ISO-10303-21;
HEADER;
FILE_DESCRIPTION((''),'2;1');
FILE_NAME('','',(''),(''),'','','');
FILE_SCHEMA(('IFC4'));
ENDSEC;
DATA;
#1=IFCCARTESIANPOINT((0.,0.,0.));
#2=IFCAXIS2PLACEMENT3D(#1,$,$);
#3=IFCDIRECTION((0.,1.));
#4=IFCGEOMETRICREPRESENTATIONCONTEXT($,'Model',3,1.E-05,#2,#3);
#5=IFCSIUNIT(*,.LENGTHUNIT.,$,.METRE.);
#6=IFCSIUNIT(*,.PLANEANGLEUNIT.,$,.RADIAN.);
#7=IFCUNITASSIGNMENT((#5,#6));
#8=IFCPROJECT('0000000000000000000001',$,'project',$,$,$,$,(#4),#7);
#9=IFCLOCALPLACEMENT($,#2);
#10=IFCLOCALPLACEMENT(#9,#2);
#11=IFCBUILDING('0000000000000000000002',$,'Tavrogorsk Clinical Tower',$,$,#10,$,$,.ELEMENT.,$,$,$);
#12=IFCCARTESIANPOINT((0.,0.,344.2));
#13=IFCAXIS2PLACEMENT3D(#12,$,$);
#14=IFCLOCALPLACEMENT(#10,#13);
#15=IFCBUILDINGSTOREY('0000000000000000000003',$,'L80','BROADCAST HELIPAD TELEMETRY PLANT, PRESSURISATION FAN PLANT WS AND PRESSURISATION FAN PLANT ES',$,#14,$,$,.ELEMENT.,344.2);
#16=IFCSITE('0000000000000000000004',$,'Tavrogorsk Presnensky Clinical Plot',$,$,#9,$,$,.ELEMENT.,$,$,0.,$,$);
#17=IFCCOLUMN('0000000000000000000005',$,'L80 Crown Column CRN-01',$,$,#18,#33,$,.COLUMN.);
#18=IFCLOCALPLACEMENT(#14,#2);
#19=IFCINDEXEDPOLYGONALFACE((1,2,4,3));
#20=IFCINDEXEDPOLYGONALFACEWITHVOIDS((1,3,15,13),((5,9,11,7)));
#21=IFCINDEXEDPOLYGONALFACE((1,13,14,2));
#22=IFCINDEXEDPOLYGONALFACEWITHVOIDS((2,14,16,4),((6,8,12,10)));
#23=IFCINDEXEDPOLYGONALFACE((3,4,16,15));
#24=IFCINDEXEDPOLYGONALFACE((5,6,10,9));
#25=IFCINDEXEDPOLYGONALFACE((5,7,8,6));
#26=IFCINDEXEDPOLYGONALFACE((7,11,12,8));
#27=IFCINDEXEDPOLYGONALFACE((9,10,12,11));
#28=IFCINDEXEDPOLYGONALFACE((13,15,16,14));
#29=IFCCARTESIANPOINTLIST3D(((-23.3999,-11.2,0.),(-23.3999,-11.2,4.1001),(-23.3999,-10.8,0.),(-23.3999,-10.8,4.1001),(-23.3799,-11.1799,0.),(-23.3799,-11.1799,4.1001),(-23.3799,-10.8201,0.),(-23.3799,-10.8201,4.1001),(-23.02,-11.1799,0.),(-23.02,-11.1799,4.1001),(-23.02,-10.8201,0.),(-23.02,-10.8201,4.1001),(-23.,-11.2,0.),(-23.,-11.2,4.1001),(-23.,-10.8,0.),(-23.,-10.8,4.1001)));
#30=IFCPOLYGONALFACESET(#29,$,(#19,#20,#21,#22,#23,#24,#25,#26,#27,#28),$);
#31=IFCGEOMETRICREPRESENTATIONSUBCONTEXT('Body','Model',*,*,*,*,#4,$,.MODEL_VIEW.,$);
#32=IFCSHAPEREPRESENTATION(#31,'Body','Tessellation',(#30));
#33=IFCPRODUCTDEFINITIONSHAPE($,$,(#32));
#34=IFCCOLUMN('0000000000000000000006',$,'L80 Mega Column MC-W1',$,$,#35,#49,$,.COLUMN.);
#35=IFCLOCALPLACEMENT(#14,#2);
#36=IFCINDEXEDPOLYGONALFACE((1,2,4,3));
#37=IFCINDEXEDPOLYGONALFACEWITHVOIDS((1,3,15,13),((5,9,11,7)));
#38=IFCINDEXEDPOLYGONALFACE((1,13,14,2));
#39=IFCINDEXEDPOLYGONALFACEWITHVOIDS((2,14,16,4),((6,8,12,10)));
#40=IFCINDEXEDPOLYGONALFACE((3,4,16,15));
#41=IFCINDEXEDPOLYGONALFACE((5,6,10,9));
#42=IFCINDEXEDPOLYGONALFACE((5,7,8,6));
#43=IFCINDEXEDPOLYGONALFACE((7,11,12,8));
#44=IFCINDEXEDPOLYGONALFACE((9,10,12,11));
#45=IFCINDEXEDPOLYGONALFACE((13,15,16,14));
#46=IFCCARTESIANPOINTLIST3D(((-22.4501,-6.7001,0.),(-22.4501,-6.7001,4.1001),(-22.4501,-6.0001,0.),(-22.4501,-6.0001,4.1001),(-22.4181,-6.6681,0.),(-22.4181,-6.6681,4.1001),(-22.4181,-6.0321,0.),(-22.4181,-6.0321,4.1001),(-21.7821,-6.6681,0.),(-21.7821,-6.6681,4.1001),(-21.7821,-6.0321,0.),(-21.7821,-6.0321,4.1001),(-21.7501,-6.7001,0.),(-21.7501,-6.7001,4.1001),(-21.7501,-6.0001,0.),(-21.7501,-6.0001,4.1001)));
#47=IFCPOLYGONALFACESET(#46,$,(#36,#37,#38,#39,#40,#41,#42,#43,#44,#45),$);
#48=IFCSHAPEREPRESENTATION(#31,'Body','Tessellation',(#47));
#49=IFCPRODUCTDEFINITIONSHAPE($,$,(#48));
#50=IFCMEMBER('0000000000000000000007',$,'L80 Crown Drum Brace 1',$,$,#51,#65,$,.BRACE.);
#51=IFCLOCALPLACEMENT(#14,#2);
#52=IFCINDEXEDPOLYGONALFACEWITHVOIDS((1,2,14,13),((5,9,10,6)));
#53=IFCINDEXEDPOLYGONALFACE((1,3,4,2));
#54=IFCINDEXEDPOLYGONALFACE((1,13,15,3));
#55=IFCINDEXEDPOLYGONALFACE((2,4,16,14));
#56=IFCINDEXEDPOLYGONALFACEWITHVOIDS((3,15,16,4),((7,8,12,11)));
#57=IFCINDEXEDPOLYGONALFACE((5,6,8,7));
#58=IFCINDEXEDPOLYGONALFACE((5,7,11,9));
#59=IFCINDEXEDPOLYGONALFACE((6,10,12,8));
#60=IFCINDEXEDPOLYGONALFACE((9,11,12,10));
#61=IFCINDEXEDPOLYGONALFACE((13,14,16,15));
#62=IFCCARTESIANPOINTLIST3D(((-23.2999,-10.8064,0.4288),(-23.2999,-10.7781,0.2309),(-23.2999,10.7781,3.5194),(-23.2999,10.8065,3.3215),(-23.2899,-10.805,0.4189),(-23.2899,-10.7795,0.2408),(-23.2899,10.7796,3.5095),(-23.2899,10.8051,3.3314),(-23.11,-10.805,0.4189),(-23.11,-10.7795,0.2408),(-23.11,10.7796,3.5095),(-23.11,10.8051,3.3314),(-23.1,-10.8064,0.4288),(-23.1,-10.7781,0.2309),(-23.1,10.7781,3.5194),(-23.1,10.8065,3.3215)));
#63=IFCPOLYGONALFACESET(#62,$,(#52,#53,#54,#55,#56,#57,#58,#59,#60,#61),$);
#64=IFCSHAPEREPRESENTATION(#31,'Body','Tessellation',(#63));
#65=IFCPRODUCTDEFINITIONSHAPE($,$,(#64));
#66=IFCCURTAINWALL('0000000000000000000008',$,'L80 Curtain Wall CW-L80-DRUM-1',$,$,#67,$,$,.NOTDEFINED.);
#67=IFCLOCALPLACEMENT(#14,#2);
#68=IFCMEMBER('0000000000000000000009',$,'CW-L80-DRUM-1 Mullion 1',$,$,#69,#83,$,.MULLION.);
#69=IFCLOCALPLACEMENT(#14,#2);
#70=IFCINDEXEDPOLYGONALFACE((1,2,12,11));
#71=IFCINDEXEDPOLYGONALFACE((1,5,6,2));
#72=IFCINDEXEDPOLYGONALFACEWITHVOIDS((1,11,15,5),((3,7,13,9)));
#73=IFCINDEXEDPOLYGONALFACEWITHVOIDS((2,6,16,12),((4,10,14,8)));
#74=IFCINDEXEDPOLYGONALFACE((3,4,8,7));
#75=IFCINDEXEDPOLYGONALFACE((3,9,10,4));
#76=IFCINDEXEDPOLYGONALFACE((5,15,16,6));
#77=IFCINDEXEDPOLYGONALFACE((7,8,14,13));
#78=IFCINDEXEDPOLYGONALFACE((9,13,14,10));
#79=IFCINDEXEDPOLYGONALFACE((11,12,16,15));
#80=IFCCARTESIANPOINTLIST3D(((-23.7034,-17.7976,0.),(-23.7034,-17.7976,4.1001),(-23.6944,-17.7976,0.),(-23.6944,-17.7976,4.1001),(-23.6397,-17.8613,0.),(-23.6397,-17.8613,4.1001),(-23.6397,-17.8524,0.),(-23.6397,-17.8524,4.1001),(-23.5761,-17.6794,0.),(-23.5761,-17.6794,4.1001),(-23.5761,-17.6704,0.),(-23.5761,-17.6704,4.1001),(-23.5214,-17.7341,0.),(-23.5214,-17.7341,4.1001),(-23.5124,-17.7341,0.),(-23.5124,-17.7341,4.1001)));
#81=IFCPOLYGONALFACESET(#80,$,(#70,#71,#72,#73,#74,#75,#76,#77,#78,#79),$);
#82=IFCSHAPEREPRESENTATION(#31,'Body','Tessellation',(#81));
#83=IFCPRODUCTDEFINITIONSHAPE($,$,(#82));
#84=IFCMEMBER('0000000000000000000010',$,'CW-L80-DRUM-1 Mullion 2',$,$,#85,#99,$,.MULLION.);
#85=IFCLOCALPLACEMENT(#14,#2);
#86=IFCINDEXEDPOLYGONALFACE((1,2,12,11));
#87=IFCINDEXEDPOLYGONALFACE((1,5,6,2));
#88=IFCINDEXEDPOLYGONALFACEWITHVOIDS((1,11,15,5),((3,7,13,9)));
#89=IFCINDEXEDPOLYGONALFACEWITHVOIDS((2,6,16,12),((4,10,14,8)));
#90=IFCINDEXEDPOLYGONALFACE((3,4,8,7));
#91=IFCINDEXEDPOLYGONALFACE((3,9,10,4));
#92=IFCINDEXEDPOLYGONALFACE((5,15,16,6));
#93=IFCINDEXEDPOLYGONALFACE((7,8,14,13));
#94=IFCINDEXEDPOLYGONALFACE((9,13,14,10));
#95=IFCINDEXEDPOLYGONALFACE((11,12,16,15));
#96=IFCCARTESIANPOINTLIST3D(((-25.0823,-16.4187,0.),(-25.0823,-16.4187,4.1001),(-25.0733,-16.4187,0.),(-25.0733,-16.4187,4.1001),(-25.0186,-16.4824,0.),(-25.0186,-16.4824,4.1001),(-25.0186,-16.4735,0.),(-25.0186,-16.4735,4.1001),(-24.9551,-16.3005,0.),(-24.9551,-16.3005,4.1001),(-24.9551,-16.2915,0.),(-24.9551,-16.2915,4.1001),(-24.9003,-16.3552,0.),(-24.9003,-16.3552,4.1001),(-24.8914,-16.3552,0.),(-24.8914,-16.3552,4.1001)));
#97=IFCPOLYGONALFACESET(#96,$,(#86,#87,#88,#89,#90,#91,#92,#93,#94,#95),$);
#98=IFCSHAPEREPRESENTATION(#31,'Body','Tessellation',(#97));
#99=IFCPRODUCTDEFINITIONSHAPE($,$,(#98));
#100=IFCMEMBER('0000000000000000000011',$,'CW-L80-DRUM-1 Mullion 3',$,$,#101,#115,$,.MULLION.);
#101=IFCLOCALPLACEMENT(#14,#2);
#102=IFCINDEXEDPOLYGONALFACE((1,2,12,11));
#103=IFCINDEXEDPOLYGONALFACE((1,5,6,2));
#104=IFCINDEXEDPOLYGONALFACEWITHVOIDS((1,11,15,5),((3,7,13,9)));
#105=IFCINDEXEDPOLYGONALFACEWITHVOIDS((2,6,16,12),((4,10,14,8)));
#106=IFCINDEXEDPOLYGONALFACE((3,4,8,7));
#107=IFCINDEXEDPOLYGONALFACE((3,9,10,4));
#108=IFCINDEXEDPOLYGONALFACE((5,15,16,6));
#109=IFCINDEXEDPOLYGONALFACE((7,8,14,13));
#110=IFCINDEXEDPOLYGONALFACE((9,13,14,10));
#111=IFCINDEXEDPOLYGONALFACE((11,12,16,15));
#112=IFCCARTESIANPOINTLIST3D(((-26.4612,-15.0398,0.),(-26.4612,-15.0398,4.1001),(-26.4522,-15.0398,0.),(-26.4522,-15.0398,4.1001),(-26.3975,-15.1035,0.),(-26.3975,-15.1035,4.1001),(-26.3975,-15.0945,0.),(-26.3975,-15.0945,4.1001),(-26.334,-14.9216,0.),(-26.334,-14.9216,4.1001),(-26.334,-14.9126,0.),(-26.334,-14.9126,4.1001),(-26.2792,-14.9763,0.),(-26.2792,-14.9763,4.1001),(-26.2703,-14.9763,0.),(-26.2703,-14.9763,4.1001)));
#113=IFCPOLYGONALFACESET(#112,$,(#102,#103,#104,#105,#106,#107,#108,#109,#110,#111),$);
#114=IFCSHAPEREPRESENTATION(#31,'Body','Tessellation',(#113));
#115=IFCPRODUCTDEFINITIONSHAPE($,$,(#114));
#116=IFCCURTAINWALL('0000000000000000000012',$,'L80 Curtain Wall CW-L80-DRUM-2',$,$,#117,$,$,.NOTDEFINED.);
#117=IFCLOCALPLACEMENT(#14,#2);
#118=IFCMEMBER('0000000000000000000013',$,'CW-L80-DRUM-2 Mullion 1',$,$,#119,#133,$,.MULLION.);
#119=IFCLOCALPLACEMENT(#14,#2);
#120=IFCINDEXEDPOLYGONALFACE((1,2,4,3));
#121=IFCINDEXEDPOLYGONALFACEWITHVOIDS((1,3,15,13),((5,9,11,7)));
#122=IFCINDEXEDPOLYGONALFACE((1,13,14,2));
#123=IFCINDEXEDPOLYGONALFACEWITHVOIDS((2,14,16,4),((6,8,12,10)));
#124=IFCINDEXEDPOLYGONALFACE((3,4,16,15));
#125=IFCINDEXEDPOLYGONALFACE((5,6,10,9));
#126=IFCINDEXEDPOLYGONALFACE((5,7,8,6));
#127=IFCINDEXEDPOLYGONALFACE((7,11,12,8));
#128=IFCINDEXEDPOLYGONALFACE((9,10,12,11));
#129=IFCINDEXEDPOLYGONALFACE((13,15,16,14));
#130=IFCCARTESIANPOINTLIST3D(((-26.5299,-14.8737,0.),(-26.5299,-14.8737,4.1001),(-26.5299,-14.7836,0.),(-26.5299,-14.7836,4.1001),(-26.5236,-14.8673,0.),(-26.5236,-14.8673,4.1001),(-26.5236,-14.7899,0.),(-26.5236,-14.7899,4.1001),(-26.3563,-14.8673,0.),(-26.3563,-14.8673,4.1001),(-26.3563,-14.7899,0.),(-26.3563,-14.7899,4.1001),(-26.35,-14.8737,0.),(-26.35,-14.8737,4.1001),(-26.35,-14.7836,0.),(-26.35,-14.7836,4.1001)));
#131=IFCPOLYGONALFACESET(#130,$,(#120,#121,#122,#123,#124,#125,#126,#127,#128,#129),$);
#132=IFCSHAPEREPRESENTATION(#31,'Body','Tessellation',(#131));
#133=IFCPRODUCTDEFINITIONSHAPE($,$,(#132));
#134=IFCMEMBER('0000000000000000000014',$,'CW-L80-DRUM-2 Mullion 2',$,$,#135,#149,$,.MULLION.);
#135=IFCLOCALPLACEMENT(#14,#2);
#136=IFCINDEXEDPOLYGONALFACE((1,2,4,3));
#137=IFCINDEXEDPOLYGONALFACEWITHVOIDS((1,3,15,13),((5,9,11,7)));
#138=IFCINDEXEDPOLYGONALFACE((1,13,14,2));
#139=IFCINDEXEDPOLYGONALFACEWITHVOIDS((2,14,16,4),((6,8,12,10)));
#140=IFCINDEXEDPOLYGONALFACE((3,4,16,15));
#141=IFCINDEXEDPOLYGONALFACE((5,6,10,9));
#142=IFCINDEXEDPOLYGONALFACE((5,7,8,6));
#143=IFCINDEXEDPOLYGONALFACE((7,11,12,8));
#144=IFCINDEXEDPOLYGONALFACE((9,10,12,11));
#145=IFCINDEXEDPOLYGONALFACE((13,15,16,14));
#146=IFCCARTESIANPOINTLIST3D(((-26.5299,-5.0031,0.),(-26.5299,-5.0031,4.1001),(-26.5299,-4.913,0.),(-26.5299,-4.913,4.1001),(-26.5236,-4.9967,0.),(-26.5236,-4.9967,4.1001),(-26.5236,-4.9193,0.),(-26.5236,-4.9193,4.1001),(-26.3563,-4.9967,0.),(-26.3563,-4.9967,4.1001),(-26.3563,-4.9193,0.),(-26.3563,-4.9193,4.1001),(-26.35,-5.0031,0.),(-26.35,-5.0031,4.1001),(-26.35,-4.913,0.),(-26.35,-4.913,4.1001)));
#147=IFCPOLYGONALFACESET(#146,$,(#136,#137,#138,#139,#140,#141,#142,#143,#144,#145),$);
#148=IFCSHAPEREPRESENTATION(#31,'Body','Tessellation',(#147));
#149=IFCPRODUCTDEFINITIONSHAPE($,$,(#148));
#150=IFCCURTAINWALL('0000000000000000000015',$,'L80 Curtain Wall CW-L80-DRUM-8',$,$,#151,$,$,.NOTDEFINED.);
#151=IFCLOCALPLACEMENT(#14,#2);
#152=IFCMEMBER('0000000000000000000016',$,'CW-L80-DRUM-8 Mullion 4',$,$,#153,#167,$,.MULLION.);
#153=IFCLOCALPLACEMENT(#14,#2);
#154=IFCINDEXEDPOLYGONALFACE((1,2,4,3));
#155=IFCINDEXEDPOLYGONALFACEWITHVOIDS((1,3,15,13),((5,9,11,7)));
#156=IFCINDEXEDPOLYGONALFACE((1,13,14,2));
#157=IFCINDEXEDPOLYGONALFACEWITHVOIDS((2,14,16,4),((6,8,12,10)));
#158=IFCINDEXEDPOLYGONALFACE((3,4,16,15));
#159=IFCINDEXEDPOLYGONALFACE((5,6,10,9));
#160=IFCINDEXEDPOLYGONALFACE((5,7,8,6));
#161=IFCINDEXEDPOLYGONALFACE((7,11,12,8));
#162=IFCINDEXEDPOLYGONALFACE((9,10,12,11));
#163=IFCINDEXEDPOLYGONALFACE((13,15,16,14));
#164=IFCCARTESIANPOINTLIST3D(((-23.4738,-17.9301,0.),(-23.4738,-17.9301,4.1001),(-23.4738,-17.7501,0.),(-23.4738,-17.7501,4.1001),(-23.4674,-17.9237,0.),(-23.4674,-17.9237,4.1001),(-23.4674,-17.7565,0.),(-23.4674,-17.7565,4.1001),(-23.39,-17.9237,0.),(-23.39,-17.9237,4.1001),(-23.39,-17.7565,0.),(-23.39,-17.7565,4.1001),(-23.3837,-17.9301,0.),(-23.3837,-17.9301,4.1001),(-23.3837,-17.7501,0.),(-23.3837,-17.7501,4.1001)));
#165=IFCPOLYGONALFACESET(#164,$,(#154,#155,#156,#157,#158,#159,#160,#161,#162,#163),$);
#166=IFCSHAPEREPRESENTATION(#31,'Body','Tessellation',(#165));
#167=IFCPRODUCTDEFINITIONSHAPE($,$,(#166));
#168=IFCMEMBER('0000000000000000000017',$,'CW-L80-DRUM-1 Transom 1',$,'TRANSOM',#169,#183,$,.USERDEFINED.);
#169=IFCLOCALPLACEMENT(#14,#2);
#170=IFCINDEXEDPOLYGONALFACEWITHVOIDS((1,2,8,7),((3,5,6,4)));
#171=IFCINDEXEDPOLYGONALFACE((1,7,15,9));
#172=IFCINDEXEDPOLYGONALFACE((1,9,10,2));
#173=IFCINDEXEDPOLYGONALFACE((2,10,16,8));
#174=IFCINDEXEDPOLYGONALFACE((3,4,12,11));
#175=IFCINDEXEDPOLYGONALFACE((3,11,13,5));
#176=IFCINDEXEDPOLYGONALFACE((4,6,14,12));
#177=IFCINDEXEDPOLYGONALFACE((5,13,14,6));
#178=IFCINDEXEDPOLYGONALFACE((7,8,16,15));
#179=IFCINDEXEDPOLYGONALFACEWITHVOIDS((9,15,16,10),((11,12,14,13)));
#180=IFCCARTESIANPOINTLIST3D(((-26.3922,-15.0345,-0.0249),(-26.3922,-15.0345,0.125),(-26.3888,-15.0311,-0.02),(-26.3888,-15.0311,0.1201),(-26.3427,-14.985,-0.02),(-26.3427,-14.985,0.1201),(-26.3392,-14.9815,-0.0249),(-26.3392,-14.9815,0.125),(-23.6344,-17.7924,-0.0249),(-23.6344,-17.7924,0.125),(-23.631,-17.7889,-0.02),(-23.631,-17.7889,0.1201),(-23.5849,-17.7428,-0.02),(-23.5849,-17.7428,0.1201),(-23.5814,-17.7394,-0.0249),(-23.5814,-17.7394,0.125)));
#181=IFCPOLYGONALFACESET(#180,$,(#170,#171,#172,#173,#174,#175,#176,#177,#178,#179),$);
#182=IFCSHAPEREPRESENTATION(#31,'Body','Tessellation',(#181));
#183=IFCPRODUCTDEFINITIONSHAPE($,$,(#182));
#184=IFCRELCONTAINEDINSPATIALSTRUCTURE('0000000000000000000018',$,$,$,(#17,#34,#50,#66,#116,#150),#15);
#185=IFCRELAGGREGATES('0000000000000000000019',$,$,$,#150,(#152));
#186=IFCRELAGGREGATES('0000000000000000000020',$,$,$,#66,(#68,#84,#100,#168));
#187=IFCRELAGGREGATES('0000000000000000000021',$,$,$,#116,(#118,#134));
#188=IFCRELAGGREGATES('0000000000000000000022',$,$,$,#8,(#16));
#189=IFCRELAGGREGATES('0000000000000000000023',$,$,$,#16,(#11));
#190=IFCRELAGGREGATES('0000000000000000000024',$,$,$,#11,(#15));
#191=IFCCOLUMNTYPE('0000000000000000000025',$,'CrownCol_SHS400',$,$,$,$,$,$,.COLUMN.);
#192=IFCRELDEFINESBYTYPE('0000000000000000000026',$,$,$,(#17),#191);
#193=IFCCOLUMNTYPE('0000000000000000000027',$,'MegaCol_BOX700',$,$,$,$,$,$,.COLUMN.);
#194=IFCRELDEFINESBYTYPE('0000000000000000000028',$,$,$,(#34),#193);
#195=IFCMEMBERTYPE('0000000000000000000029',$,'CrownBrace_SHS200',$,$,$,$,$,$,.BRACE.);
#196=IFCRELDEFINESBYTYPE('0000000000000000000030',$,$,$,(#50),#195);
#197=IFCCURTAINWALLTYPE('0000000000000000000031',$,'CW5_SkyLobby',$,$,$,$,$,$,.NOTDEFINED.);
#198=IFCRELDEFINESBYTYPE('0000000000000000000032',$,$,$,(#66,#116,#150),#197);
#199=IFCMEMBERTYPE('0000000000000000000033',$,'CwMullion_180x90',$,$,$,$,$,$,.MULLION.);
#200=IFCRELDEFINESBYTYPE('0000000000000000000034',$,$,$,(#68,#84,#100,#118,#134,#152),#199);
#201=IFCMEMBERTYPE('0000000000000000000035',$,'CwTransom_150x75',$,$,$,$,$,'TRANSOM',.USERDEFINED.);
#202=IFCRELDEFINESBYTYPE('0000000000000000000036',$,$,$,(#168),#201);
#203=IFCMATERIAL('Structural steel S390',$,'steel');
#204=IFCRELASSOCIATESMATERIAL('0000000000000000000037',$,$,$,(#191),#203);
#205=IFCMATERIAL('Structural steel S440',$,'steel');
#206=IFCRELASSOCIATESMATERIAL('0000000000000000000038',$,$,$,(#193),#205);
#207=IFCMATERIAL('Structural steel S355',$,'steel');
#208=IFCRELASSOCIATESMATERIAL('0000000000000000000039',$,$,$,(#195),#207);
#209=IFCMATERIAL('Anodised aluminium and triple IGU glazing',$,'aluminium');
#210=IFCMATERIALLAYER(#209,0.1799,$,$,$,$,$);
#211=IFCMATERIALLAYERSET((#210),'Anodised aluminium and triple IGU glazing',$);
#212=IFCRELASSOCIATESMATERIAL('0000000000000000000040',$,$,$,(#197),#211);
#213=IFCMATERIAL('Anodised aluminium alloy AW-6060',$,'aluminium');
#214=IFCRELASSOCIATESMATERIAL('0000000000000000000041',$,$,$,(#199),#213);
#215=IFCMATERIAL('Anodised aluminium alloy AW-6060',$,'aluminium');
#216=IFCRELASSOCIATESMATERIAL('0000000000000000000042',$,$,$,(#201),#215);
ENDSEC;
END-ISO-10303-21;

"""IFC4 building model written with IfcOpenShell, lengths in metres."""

from ifc_helpers import new_model, si_unit, direction, frame, origin, origin_2d, place, context, subcontext, project, spatial, hollow_rectangle, extrude, material, layer, layer_set, material_profile, profile_set, type_object, element, aggregate, save


model = new_model("IFC4")

# Units and contexts
model_context = context("Model", 3, precision=1e-05, world=origin(), true_north=direction((0.0, 1.0)))
body_context = subcontext(model_context, "Body", "Model", "MODEL_VIEW")
ifc_project = project(units=[si_unit("LENGTHUNIT", "METRE"), si_unit("PLANEANGLEUNIT", "RADIAN")], contexts=[model_context])

# Site, building, storey
site_placement = place(None, origin())
site = spatial("IfcSite", under=ifc_project, at=site_placement, Name="Tavrogorsk Presnensky Clinical Plot", CompositionType="ELEMENT", RefElevation=0.0)
building_placement = place(site_placement, origin())
building = spatial("IfcBuilding", under=site, at=building_placement, Name="Tavrogorsk Clinical Tower", CompositionType="ELEMENT")
storey_placement = place(building_placement, frame((0.0, 0.0, 344.2)))
storey = spatial("IfcBuildingStorey", under=building, at=storey_placement, Name="L80", Description="BROADCAST HELIPAD TELEMETRY PLANT, PRESSURISATION FAN PLANT WS AND PRESSURISATION FAN PLANT ES", CompositionType="ELEMENT", Elevation=344.2)

# Columns
ifc_material_1 = material(Name="Structural steel S390", Category="steel")
ifc_material_profile_1 = material_profile(ifc_material_1, hollow_rectangle(XDim=0.3999, YDim=0.3999, WallThickness=0.02, at=origin_2d()), Name="SHS-400x400x20")
ifc_profile_set_1 = profile_set([ifc_material_profile_1], Name="Structural steel S390")
column_type_1 = type_object("IfcColumnType", Name="CrownCol_SHS400", PredefinedType="COLUMN", material=ifc_profile_set_1)
column_1_placement = place(storey_placement, frame((-23.2, -11.0, 0.0), z_axis=(0.0, 0.0, 1.0), x_axis=(1.0, 0.0, 0.0)))
element("IfcColumn", 1, at=column_1_placement, inside=storey, type_object=column_type_1, Name="L80 Crown Column CRN-01", PredefinedType="COLUMN", context=body_context, shape_type="SweptSolid", body=[
    extrude(hollow_rectangle(XDim=0.3999, YDim=0.3999, WallThickness=0.02, at=origin_2d()), origin(), (0.0, 0.0, 1.0), 4.1001),
])
ifc_material_2 = material(Name="Structural steel S440", Category="steel")
ifc_material_profile_2 = material_profile(ifc_material_2, hollow_rectangle(XDim=0.7, YDim=0.7, WallThickness=0.032, at=origin_2d()), Name="BOX-700x700x32")
ifc_profile_set_2 = profile_set([ifc_material_profile_2], Name="Structural steel S440")
column_type_2 = type_object("IfcColumnType", Name="MegaCol_BOX700", PredefinedType="COLUMN", material=ifc_profile_set_2)
column_2_placement = place(storey_placement, frame((-22.1001, -6.3501, 0.0), z_axis=(0.0, 0.0, 1.0), x_axis=(1.0, 0.0, 0.0)))
element("IfcColumn", 2, at=column_2_placement, inside=storey, type_object=column_type_2, Name="L80 Mega Column MC-W1", PredefinedType="COLUMN", context=body_context, shape_type="SweptSolid", body=[
    extrude(hollow_rectangle(XDim=0.7, YDim=0.7, WallThickness=0.032, at=origin_2d()), origin(), (0.0, 0.0, 1.0), 4.1001),
])

# Member
ifc_material_3 = material(Name="Structural steel S355", Category="steel")
ifc_material_profile_3 = material_profile(ifc_material_3, hollow_rectangle(XDim=0.2, YDim=0.2, WallThickness=0.01, at=origin_2d()), Name="SHS-200x200x10")
ifc_profile_set_3 = profile_set([ifc_material_profile_3], Name="Structural steel S355")
member_type_1 = type_object("IfcMemberType", Name="CrownBrace_SHS200", PredefinedType="BRACE", material=ifc_profile_set_3)
member_1_placement = place(storey_placement, frame((-23.2, -10.7922, 0.3298), z_axis=(0.0, 0.989904, 0.14174), x_axis=(-1.0, 0.0, 0.0)))
element("IfcMember", 3, at=member_1_placement, inside=storey, type_object=member_type_1, Name="L80 Crown Drum Brace 1", PredefinedType="BRACE", context=body_context, shape_type="SweptSolid", body=[
    extrude(hollow_rectangle(XDim=0.2, YDim=0.2, WallThickness=0.01, at=origin_2d()), origin(), (0.0, 0.0, 1.0), 21.8047),
])

# Curtain walls, members
ifc_material_4 = material(Name="Anodised aluminium and triple IGU glazing", Category="aluminium")
ifc_layer_1 = layer(ifc_material_4, 0.1799)
ifc_layer_set_1 = layer_set([ifc_layer_1], Name="Anodised aluminium and triple IGU glazing")
curtain_wall_type = type_object("IfcCurtainWallType", Name="CW5_SkyLobby", PredefinedType="NOTDEFINED", material=ifc_layer_set_1)
curtain_wall_1_placement = place(storey_placement, origin())
curtain_wall_1 = element("IfcCurtainWall", 4, at=curtain_wall_1_placement, inside=storey, type_object=curtain_wall_type, Name="L80 Curtain Wall CW-L80-DRUM-1", PredefinedType="NOTDEFINED")
ifc_material_5 = material(Name="Anodised aluminium alloy AW-6060", Category="aluminium")
ifc_material_profile_4 = material_profile(ifc_material_5, hollow_rectangle(XDim=0.0901, YDim=0.1799, WallThickness=0.0063, at=origin_2d()), Name="RHS-180x90x6.3")
ifc_profile_set_4 = profile_set([ifc_material_profile_4], Name="Anodised aluminium alloy AW-6060")
member_type_2 = type_object("IfcMemberType", Name="CwMullion_180x90", PredefinedType="MULLION", material=ifc_profile_set_4)
member_2_placement = place(storey_placement, frame((-23.6079, -17.7659, 0.0), z_axis=(0.0, 0.0, 1.0), x_axis=(-0.707107, 0.707107, 0.0)))
member_2 = element("IfcMember", 5, at=member_2_placement, type_object=member_type_2, Name="CW-L80-DRUM-1 Mullion 1", PredefinedType="MULLION", context=body_context, shape_type="SweptSolid", body=[
    extrude(hollow_rectangle(XDim=0.0901, YDim=0.1799, WallThickness=0.0063, at=origin_2d()), origin(), (0.0, 0.0, 1.0), 4.1001),
])
member_3_placement = place(storey_placement, frame((-24.9868, -16.387, 0.0), z_axis=(0.0, 0.0, 1.0), x_axis=(-0.707107, 0.707107, 0.0)))
member_3 = element("IfcMember", 6, at=member_3_placement, type_object=member_type_2, Name="CW-L80-DRUM-1 Mullion 2", PredefinedType="MULLION", context=body_context, shape_type="SweptSolid", body=[
    extrude(hollow_rectangle(XDim=0.0901, YDim=0.1799, WallThickness=0.0063, at=origin_2d()), origin(), (0.0, 0.0, 1.0), 4.1001),
])
member_4_placement = place(storey_placement, frame((-26.3657, -15.0081, 0.0), z_axis=(0.0, 0.0, 1.0), x_axis=(-0.707107, 0.707107, 0.0)))
member_4 = element("IfcMember", 7, at=member_4_placement, type_object=member_type_2, Name="CW-L80-DRUM-1 Mullion 3", PredefinedType="MULLION", context=body_context, shape_type="SweptSolid", body=[
    extrude(hollow_rectangle(XDim=0.0901, YDim=0.1799, WallThickness=0.0063, at=origin_2d()), origin(), (0.0, 0.0, 1.0), 4.1001),
])
curtain_wall_2_placement = place(storey_placement, origin())
curtain_wall_2 = element("IfcCurtainWall", 8, at=curtain_wall_2_placement, inside=storey, type_object=curtain_wall_type, Name="L80 Curtain Wall CW-L80-DRUM-2", PredefinedType="NOTDEFINED")
member_5_placement = place(storey_placement, frame((-26.4399, -14.8286, 0.0), z_axis=(0.0, 0.0, 1.0), x_axis=(0.0, 1.0, 0.0)))
member_5 = element("IfcMember", 9, at=member_5_placement, type_object=member_type_2, Name="CW-L80-DRUM-2 Mullion 1", PredefinedType="MULLION", context=body_context, shape_type="SweptSolid", body=[
    extrude(hollow_rectangle(XDim=0.0901, YDim=0.1799, WallThickness=0.0063, at=origin_2d()), origin(), (0.0, 0.0, 1.0), 4.1001),
])
member_6_placement = place(storey_placement, frame((-26.4399, -4.958, 0.0), z_axis=(0.0, 0.0, 1.0), x_axis=(0.0, 1.0, 0.0)))
member_6 = element("IfcMember", 10, at=member_6_placement, type_object=member_type_2, Name="CW-L80-DRUM-2 Mullion 2", PredefinedType="MULLION", context=body_context, shape_type="SweptSolid", body=[
    extrude(hollow_rectangle(XDim=0.0901, YDim=0.1799, WallThickness=0.0063, at=origin_2d()), origin(), (0.0, 0.0, 1.0), 4.1001),
])

# Curtain wall, member
curtain_wall_3_placement = place(storey_placement, origin())
curtain_wall_3 = element("IfcCurtainWall", 11, at=curtain_wall_3_placement, inside=storey, type_object=curtain_wall_type, Name="L80 Curtain Wall CW-L80-DRUM-8", PredefinedType="NOTDEFINED")
member_7_placement = place(storey_placement, frame((-23.4287, -17.8401, 0.0), z_axis=(0.0, 0.0, 1.0), x_axis=(-1.0, 0.0, 0.0)))
member_7 = element("IfcMember", 12, at=member_7_placement, type_object=member_type_2, Name="CW-L80-DRUM-8 Mullion 4", PredefinedType="MULLION", context=body_context, shape_type="SweptSolid", body=[
    extrude(hollow_rectangle(XDim=0.0901, YDim=0.1799, WallThickness=0.0063, at=origin_2d()), origin(), (0.0, 0.0, 1.0), 4.1001),
])
aggregate(curtain_wall_3, [member_7])

# Member
ifc_material_6 = material(Name="Anodised aluminium alloy AW-6060", Category="aluminium")
ifc_material_profile_5 = material_profile(ifc_material_6, hollow_rectangle(XDim=0.075, YDim=0.1499, WallThickness=0.0049, at=origin_2d()), Name="RHS-150x75x5")
ifc_profile_set_5 = profile_set([ifc_material_profile_5], Name="Anodised aluminium alloy AW-6060")
member_type_3 = type_object("IfcMemberType", Name="CwTransom_150x75", ElementType="TRANSOM", PredefinedType="USERDEFINED", material=ifc_profile_set_5)
member_8_placement = place(storey_placement, frame((-23.6079, -17.7659, 0.05), z_axis=(-0.707107, 0.707107, 0.0), x_axis=(-0.707107, -0.707107, 0.0)))
member_8 = element("IfcMember", 13, at=member_8_placement, type_object=member_type_3, Name="CW-L80-DRUM-1 Transom 1", ObjectType="TRANSOM", PredefinedType="USERDEFINED", context=body_context, shape_type="SweptSolid", body=[
    extrude(hollow_rectangle(XDim=0.075, YDim=0.1499, WallThickness=0.0049, at=origin_2d()), origin(), (0.0, 0.0, 1.0), 3.9001),
])

aggregate(curtain_wall_1, [member_2, member_3, member_4, member_8])
aggregate(curtain_wall_2, [member_5, member_6])

save(model, "model.ifc")
